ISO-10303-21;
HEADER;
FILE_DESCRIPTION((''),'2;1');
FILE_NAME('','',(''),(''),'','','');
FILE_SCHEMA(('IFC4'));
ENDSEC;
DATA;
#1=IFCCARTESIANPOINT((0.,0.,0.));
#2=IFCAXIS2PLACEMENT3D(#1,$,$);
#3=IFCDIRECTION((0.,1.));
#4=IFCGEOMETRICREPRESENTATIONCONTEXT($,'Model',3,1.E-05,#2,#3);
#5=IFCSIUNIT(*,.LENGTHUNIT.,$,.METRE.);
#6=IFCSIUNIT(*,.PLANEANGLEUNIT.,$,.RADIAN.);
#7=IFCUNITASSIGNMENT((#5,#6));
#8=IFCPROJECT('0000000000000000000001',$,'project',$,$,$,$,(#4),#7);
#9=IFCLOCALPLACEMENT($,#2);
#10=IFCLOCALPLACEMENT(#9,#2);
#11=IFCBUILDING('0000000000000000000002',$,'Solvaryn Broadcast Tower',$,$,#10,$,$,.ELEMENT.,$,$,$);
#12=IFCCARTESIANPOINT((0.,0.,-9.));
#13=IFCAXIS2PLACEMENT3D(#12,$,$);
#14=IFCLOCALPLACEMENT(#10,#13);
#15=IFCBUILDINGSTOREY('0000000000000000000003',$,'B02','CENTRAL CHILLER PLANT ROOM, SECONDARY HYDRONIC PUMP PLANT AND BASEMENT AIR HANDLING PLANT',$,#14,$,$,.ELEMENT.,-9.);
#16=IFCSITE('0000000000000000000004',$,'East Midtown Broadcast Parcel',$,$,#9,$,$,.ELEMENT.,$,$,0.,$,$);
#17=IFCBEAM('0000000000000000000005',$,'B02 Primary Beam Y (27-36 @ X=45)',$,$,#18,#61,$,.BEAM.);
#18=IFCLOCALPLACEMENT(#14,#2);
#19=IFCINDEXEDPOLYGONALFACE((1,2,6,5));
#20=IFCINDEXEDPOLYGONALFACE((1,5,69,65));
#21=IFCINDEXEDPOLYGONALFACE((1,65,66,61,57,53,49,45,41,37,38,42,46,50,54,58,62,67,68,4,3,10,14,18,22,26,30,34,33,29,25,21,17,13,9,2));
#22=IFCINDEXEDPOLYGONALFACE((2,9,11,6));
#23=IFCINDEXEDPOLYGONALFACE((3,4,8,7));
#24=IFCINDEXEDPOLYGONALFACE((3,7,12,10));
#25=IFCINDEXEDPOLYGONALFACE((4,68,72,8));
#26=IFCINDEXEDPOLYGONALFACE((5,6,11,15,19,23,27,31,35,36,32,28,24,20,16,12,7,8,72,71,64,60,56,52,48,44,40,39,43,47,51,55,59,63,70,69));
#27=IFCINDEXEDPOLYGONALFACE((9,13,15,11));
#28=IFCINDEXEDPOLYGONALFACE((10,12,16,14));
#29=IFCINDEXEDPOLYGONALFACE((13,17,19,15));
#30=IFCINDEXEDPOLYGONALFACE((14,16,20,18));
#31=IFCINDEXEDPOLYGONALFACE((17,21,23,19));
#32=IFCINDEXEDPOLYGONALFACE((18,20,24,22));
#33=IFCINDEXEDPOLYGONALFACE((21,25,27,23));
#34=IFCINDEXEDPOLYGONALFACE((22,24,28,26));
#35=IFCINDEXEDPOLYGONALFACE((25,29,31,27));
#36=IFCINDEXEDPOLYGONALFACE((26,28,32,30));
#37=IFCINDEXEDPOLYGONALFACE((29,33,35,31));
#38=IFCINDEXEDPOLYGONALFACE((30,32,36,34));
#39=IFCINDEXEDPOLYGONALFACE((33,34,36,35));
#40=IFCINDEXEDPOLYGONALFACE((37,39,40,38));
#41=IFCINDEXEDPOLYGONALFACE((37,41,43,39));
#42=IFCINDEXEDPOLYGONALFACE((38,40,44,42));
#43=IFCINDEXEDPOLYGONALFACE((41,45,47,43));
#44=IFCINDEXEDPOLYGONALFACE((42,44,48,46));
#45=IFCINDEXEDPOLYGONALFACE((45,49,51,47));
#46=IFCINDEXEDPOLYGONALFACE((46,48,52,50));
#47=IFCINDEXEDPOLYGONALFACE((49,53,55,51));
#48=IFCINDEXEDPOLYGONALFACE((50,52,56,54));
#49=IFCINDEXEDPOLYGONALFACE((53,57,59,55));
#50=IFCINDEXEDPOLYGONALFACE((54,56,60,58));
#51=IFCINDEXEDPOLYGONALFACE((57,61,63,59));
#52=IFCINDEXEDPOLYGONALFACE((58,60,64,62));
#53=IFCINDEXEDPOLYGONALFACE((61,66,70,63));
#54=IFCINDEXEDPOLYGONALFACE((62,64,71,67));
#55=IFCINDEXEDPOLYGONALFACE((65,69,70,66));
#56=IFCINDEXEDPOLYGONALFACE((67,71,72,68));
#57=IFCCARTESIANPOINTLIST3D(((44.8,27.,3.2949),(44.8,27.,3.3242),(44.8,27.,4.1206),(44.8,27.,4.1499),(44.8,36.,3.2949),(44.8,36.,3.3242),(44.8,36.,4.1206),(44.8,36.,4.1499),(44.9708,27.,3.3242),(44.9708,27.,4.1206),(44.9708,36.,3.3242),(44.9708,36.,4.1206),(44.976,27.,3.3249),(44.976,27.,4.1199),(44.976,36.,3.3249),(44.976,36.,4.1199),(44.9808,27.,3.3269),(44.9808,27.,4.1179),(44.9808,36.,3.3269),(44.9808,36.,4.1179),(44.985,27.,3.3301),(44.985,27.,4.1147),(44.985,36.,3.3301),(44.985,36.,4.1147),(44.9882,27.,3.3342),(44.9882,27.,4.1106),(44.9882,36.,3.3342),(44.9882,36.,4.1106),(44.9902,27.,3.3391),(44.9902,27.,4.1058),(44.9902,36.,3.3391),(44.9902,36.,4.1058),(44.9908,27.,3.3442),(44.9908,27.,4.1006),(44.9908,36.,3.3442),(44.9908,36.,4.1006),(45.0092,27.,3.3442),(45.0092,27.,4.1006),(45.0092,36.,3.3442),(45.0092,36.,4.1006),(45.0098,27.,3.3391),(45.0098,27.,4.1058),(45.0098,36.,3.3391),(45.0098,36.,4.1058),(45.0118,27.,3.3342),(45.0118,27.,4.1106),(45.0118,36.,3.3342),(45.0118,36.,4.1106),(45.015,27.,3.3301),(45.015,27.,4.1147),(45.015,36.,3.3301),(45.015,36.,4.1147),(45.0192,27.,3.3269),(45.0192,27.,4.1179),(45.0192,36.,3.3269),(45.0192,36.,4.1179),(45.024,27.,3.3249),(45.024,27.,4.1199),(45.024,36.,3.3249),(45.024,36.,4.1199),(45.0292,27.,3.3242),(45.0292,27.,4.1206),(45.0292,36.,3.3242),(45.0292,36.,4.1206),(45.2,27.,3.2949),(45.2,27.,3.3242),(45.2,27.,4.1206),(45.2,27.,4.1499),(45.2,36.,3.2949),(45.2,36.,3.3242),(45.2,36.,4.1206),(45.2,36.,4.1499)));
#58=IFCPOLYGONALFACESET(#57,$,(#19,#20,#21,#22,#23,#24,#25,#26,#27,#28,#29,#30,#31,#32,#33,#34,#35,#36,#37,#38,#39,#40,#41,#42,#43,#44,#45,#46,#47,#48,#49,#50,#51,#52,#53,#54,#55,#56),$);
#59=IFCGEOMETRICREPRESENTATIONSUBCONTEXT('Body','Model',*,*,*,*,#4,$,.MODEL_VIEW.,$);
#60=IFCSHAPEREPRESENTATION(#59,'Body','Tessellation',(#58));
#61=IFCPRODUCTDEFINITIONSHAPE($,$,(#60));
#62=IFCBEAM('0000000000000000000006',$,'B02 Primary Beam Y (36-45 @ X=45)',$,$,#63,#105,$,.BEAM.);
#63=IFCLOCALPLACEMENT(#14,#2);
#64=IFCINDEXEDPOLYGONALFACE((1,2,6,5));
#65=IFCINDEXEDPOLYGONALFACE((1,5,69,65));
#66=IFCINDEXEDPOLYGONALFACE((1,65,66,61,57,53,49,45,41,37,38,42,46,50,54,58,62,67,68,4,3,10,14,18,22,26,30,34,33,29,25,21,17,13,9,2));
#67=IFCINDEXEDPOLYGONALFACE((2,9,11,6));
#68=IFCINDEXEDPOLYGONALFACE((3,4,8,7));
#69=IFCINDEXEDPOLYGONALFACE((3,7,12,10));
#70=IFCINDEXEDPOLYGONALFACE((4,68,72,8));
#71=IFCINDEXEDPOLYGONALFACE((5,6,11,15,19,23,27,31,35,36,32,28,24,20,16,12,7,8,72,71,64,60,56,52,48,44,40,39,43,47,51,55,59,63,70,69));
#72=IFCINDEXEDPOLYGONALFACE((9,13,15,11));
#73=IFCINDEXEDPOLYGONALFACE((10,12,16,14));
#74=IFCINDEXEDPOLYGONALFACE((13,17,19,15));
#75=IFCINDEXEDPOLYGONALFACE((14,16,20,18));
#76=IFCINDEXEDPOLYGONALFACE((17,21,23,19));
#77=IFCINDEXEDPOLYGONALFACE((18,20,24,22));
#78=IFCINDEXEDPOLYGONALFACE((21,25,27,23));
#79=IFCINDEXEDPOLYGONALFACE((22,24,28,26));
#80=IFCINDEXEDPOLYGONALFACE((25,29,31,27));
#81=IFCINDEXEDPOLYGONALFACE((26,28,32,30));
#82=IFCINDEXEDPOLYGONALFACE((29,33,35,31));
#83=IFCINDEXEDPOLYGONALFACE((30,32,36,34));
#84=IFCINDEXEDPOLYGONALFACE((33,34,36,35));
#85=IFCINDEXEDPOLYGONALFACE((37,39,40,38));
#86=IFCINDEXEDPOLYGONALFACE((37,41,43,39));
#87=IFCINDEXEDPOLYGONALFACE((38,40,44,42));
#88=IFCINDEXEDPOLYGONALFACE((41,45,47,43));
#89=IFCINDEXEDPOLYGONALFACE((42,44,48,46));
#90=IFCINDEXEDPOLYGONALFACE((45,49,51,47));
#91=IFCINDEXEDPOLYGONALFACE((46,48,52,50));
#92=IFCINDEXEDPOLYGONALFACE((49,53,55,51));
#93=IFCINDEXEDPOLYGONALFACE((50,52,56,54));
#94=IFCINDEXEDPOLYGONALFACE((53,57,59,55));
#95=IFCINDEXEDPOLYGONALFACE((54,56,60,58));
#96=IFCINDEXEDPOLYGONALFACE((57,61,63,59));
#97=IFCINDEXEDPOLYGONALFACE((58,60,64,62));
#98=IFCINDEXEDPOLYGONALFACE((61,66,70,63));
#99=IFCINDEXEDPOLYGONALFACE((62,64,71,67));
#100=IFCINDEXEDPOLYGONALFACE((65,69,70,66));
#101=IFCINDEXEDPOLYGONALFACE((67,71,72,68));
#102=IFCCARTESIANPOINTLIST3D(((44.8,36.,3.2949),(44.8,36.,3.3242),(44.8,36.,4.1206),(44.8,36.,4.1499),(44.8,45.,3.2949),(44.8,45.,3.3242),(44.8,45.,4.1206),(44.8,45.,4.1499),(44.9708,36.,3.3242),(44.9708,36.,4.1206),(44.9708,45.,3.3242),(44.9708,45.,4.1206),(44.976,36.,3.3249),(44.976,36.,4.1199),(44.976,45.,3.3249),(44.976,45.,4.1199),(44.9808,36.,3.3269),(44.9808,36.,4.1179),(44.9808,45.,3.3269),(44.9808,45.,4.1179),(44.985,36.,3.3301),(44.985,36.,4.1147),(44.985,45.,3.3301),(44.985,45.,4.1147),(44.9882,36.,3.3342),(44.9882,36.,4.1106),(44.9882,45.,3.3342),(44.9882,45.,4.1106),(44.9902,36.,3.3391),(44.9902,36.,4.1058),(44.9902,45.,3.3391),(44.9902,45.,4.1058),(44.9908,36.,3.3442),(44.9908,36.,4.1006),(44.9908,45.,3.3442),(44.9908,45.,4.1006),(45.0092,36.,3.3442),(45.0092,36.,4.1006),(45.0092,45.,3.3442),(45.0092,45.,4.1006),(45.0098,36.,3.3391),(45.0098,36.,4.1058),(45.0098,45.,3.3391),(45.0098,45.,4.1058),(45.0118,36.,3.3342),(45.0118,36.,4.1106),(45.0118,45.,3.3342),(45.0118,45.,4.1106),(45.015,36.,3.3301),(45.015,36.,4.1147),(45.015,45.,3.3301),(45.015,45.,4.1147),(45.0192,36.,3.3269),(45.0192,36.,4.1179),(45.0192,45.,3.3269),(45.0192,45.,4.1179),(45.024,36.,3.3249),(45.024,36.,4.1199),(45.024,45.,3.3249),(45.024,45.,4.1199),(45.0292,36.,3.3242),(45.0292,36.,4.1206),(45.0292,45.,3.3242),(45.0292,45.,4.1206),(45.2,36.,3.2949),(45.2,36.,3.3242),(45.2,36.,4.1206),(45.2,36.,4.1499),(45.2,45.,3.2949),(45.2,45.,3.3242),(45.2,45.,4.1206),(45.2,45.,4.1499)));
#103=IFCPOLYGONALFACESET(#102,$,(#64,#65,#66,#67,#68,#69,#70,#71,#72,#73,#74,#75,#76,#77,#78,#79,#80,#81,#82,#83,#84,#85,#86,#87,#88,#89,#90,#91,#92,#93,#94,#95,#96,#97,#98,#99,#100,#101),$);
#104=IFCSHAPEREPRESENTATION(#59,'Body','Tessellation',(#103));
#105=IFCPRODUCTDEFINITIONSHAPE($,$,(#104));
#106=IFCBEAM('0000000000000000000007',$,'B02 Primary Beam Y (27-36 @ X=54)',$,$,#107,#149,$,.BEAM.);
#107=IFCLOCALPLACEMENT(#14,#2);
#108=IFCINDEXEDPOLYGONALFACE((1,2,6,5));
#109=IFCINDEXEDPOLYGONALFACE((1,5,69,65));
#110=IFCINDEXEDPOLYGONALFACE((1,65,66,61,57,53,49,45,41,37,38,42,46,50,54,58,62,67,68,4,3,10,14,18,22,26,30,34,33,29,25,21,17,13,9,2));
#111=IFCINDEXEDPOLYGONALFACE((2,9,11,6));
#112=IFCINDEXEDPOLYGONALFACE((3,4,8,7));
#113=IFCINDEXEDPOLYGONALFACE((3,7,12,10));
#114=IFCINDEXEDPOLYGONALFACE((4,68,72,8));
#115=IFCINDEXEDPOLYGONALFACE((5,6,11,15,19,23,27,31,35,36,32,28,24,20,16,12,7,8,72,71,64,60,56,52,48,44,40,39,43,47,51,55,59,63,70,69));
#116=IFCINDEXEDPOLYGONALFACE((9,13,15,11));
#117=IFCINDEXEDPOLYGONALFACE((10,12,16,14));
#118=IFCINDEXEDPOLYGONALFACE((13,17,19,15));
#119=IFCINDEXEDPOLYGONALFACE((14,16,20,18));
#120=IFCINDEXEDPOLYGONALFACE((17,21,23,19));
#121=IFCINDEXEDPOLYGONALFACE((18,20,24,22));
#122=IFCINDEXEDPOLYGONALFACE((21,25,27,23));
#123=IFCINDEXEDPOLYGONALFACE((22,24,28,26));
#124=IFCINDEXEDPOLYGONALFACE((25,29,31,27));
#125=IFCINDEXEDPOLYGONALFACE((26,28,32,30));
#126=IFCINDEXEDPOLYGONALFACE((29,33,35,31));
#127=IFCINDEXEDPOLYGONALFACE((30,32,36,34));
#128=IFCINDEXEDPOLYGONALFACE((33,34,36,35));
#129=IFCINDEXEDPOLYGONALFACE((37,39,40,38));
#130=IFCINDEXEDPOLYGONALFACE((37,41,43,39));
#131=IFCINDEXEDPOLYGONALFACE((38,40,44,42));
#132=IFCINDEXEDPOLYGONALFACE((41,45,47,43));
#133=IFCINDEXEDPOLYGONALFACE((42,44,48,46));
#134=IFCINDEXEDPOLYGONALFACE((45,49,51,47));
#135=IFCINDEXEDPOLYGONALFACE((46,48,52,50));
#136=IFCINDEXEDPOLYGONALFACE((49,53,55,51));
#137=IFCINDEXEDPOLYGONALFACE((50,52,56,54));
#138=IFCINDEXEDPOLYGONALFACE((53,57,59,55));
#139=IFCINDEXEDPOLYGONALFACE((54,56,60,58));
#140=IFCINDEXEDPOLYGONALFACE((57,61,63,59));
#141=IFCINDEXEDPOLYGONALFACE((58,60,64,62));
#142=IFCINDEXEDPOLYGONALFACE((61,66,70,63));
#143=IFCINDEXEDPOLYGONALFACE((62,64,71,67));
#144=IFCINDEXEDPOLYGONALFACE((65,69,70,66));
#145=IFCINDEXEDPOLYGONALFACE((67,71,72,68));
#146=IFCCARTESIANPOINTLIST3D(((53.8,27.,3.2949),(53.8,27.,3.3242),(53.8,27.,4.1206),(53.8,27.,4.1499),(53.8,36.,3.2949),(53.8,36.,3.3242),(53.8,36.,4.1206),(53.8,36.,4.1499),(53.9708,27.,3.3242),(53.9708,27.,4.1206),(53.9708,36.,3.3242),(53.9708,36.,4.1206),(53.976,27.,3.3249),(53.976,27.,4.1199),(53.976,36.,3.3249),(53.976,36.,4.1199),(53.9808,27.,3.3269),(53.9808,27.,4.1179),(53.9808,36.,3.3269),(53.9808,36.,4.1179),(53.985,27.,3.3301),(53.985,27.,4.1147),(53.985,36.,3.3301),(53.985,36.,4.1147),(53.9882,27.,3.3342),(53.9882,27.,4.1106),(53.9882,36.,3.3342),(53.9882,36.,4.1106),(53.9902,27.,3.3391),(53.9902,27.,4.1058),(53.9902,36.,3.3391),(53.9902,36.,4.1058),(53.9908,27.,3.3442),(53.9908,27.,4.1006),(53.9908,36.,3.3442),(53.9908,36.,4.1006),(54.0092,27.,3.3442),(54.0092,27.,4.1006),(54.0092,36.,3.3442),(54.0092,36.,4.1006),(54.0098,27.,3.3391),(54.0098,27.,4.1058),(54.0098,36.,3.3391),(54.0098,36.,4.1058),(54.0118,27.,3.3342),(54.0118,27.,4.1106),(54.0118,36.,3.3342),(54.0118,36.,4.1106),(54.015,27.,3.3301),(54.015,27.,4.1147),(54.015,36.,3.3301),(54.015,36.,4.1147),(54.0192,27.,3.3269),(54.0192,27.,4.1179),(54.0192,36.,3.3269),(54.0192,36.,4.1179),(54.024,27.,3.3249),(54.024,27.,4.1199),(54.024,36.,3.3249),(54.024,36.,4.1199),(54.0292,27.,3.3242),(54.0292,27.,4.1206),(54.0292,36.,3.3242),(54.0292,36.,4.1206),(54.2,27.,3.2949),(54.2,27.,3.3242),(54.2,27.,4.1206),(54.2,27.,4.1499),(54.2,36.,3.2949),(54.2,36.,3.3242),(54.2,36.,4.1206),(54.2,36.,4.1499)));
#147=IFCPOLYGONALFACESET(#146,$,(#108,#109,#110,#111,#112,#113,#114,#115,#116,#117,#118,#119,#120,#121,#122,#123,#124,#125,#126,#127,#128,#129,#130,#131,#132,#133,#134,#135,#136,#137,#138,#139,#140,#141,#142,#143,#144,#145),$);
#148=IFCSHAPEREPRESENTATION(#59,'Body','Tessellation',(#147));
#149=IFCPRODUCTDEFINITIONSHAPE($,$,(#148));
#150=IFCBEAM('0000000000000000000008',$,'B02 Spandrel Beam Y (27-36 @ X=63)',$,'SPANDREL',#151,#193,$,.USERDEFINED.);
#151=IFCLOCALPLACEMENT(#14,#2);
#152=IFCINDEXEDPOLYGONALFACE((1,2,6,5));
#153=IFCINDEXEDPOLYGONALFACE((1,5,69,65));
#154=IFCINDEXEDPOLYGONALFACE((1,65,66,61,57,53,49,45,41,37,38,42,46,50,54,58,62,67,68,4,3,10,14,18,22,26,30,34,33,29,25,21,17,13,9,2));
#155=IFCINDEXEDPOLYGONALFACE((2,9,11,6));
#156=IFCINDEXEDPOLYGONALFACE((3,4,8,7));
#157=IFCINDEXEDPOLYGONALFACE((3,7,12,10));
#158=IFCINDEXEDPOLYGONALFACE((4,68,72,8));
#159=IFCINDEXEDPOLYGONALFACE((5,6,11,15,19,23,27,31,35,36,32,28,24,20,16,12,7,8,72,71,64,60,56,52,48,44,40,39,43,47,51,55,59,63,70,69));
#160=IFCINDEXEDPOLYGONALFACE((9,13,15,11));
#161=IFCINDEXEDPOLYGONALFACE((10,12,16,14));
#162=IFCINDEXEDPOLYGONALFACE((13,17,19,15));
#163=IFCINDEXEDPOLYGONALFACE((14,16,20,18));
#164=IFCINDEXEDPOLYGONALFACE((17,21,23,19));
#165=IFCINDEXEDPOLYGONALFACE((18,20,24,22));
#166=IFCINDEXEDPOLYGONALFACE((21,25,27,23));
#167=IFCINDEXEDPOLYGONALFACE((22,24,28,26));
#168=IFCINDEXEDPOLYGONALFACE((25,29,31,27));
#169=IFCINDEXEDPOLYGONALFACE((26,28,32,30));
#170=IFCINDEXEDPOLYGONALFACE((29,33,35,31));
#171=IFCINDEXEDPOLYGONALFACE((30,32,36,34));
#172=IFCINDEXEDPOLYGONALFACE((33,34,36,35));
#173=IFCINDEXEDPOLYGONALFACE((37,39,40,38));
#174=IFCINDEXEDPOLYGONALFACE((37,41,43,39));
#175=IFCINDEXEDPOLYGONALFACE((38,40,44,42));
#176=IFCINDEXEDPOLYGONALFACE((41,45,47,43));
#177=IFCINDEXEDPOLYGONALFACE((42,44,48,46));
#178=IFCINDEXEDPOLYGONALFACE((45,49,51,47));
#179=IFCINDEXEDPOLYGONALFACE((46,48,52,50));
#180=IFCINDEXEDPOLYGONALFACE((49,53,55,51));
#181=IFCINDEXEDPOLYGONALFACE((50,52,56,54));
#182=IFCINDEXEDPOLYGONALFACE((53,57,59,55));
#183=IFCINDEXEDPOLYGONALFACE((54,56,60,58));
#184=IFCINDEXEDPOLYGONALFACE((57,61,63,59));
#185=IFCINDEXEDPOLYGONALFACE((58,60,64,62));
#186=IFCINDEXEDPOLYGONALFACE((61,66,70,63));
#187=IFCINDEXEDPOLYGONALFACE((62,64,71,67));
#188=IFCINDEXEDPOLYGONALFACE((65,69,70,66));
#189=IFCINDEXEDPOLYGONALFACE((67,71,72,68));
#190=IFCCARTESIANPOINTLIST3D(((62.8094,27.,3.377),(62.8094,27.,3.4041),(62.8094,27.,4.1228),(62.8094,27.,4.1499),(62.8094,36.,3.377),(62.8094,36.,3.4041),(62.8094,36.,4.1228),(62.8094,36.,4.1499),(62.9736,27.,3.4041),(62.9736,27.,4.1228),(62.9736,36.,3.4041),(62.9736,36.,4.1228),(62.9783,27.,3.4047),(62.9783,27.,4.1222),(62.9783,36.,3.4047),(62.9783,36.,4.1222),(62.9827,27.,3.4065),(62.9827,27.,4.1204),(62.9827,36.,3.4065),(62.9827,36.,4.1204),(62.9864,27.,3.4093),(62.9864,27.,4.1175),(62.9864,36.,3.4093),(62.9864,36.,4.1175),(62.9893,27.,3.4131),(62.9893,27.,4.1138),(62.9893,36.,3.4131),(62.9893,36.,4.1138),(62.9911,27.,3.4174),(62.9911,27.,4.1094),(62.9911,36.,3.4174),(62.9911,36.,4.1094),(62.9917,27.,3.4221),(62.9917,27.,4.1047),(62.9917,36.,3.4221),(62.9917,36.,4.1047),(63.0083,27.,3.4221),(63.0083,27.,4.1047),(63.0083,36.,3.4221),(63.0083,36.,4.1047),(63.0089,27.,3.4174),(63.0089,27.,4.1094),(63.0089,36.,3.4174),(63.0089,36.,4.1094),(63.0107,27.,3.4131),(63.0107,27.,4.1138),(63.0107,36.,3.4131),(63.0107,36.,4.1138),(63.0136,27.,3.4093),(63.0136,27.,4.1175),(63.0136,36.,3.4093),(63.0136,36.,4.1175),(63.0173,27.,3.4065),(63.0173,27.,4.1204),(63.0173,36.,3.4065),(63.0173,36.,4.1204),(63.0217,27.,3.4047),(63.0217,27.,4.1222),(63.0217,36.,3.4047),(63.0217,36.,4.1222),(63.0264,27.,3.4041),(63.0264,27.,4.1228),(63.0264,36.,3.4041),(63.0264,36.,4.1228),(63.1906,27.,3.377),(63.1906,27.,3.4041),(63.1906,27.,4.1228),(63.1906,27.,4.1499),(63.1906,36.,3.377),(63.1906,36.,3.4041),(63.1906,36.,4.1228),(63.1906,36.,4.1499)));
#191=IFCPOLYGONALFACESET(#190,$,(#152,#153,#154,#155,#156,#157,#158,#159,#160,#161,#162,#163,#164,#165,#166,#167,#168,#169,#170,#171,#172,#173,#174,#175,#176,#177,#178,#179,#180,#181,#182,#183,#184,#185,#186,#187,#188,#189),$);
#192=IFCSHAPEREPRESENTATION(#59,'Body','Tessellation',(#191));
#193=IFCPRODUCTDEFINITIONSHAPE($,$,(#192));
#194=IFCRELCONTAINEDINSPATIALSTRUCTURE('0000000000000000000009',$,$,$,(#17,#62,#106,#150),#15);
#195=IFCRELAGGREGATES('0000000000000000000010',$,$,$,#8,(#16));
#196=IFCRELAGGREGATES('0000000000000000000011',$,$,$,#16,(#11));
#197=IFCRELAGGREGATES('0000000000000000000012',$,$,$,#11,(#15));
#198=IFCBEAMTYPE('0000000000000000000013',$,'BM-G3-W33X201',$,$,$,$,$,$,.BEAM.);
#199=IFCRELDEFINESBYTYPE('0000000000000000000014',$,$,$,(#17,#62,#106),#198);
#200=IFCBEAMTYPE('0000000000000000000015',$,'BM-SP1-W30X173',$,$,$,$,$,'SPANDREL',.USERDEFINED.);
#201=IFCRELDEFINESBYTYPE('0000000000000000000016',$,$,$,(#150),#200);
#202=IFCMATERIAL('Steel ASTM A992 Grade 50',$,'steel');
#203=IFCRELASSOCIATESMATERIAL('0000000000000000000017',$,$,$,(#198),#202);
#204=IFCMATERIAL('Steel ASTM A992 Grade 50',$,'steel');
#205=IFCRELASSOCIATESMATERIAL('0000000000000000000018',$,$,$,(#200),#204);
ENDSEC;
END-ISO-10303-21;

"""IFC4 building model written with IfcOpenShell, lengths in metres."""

from ifc_helpers import new_model, si_unit, direction, frame, origin, origin_2d, place, context, subcontext, project, spatial, i_section, extrude, material, material_profile, profile_set, type_object, element, save


model = new_model("IFC4")

# Units and contexts
model_context = context("Model", 3, precision=1e-05, world=origin(), true_north=direction((0.0, 1.0)))
body_context = subcontext(model_context, "Body", "Model", "MODEL_VIEW")
ifc_project = project(units=[si_unit("LENGTHUNIT", "METRE"), si_unit("PLANEANGLEUNIT", "RADIAN")], contexts=[model_context])

# Site, building, storey
site_placement = place(None, origin())
site = spatial("IfcSite", under=ifc_project, at=site_placement, Name="East Midtown Broadcast Parcel", CompositionType="ELEMENT", RefElevation=0.0)
building_placement = place(site_placement, origin())
building = spatial("IfcBuilding", under=site, at=building_placement, Name="Solvaryn Broadcast Tower", CompositionType="ELEMENT")
storey_placement = place(building_placement, frame((0.0, 0.0, -9.0)))
storey = spatial("IfcBuildingStorey", under=building, at=storey_placement, Name="B02", Description="CENTRAL CHILLER PLANT ROOM, SECONDARY HYDRONIC PUMP PLANT AND BASEMENT AIR HANDLING PLANT", CompositionType="ELEMENT", Elevation=-9.0)

# Beams
ifc_material_1 = material(Name="Steel ASTM A992 Grade 50", Category="steel")
ifc_material_profile_1 = material_profile(ifc_material_1, i_section(OverallWidth=0.3999, OverallDepth=0.855, WebThickness=0.0183, FlangeThickness=0.0293, FilletRadius=0.02, at=origin_2d()))
ifc_profile_set_1 = profile_set([ifc_material_profile_1], Name="Steel ASTM A992 Grade 50")
beam_type_1 = type_object("IfcBeamType", Name="BM-G3-W33X201", PredefinedType="BEAM", material=ifc_profile_set_1)
for number, where, z_axis, x_axis, name in (
    (1, (45.0, 27.0, 3.7224), (0.0, 1.0, 0.0), (-1.0, 0.0, 0.0), "B02 Primary Beam Y (27-36 @ X=45)"),
    (2, (45.0, 36.0, 3.7224), (0.0, 1.0, 0.0), (-1.0, 0.0, 0.0), "B02 Primary Beam Y (36-45 @ X=45)"),
    (3, (54.0, 27.0, 3.7224), (0.0, 1.0, 0.0), (-1.0, 0.0, 0.0), "B02 Primary Beam Y (27-36 @ X=54)"),
):
    element("IfcBeam", number, at=place(storey_placement, frame(where, z_axis=z_axis, x_axis=x_axis)), inside=storey, type_object=beam_type_1, Name=name, PredefinedType="BEAM", context=body_context, shape_type="SweptSolid", body=[
        extrude(i_section(OverallWidth=0.3999, OverallDepth=0.855, WebThickness=0.0183, FlangeThickness=0.0293, FilletRadius=0.02, at=origin_2d()), origin(), (0.0, 0.0, 1.0), 9.0),
    ])
ifc_material_2 = material(Name="Steel ASTM A992 Grade 50", Category="steel")
ifc_material_profile_2 = material_profile(ifc_material_2, i_section(OverallWidth=0.3811, OverallDepth=0.7729, WebThickness=0.0166, FlangeThickness=0.0271, FilletRadius=0.0181, at=origin_2d()))
ifc_profile_set_2 = profile_set([ifc_material_profile_2], Name="Steel ASTM A992 Grade 50")
beam_type_2 = type_object("IfcBeamType", Name="BM-SP1-W30X173", ElementType="SPANDREL", PredefinedType="USERDEFINED", material=ifc_profile_set_2)
beam_placement = place(storey_placement, frame((63.0, 27.0, 3.7634), z_axis=(0.0, 1.0, 0.0), x_axis=(-1.0, 0.0, 0.0)))
element("IfcBeam", 4, at=beam_placement, inside=storey, type_object=beam_type_2, Name="B02 Spandrel Beam Y (27-36 @ X=63)", ObjectType="SPANDREL", PredefinedType="USERDEFINED", context=body_context, shape_type="SweptSolid", body=[
    extrude(i_section(OverallWidth=0.3811, OverallDepth=0.7729, WebThickness=0.0166, FlangeThickness=0.0271, FilletRadius=0.0181, at=origin_2d()), origin(), (0.0, 0.0, 1.0), 9.0),
])

save(model, "model.ifc")
